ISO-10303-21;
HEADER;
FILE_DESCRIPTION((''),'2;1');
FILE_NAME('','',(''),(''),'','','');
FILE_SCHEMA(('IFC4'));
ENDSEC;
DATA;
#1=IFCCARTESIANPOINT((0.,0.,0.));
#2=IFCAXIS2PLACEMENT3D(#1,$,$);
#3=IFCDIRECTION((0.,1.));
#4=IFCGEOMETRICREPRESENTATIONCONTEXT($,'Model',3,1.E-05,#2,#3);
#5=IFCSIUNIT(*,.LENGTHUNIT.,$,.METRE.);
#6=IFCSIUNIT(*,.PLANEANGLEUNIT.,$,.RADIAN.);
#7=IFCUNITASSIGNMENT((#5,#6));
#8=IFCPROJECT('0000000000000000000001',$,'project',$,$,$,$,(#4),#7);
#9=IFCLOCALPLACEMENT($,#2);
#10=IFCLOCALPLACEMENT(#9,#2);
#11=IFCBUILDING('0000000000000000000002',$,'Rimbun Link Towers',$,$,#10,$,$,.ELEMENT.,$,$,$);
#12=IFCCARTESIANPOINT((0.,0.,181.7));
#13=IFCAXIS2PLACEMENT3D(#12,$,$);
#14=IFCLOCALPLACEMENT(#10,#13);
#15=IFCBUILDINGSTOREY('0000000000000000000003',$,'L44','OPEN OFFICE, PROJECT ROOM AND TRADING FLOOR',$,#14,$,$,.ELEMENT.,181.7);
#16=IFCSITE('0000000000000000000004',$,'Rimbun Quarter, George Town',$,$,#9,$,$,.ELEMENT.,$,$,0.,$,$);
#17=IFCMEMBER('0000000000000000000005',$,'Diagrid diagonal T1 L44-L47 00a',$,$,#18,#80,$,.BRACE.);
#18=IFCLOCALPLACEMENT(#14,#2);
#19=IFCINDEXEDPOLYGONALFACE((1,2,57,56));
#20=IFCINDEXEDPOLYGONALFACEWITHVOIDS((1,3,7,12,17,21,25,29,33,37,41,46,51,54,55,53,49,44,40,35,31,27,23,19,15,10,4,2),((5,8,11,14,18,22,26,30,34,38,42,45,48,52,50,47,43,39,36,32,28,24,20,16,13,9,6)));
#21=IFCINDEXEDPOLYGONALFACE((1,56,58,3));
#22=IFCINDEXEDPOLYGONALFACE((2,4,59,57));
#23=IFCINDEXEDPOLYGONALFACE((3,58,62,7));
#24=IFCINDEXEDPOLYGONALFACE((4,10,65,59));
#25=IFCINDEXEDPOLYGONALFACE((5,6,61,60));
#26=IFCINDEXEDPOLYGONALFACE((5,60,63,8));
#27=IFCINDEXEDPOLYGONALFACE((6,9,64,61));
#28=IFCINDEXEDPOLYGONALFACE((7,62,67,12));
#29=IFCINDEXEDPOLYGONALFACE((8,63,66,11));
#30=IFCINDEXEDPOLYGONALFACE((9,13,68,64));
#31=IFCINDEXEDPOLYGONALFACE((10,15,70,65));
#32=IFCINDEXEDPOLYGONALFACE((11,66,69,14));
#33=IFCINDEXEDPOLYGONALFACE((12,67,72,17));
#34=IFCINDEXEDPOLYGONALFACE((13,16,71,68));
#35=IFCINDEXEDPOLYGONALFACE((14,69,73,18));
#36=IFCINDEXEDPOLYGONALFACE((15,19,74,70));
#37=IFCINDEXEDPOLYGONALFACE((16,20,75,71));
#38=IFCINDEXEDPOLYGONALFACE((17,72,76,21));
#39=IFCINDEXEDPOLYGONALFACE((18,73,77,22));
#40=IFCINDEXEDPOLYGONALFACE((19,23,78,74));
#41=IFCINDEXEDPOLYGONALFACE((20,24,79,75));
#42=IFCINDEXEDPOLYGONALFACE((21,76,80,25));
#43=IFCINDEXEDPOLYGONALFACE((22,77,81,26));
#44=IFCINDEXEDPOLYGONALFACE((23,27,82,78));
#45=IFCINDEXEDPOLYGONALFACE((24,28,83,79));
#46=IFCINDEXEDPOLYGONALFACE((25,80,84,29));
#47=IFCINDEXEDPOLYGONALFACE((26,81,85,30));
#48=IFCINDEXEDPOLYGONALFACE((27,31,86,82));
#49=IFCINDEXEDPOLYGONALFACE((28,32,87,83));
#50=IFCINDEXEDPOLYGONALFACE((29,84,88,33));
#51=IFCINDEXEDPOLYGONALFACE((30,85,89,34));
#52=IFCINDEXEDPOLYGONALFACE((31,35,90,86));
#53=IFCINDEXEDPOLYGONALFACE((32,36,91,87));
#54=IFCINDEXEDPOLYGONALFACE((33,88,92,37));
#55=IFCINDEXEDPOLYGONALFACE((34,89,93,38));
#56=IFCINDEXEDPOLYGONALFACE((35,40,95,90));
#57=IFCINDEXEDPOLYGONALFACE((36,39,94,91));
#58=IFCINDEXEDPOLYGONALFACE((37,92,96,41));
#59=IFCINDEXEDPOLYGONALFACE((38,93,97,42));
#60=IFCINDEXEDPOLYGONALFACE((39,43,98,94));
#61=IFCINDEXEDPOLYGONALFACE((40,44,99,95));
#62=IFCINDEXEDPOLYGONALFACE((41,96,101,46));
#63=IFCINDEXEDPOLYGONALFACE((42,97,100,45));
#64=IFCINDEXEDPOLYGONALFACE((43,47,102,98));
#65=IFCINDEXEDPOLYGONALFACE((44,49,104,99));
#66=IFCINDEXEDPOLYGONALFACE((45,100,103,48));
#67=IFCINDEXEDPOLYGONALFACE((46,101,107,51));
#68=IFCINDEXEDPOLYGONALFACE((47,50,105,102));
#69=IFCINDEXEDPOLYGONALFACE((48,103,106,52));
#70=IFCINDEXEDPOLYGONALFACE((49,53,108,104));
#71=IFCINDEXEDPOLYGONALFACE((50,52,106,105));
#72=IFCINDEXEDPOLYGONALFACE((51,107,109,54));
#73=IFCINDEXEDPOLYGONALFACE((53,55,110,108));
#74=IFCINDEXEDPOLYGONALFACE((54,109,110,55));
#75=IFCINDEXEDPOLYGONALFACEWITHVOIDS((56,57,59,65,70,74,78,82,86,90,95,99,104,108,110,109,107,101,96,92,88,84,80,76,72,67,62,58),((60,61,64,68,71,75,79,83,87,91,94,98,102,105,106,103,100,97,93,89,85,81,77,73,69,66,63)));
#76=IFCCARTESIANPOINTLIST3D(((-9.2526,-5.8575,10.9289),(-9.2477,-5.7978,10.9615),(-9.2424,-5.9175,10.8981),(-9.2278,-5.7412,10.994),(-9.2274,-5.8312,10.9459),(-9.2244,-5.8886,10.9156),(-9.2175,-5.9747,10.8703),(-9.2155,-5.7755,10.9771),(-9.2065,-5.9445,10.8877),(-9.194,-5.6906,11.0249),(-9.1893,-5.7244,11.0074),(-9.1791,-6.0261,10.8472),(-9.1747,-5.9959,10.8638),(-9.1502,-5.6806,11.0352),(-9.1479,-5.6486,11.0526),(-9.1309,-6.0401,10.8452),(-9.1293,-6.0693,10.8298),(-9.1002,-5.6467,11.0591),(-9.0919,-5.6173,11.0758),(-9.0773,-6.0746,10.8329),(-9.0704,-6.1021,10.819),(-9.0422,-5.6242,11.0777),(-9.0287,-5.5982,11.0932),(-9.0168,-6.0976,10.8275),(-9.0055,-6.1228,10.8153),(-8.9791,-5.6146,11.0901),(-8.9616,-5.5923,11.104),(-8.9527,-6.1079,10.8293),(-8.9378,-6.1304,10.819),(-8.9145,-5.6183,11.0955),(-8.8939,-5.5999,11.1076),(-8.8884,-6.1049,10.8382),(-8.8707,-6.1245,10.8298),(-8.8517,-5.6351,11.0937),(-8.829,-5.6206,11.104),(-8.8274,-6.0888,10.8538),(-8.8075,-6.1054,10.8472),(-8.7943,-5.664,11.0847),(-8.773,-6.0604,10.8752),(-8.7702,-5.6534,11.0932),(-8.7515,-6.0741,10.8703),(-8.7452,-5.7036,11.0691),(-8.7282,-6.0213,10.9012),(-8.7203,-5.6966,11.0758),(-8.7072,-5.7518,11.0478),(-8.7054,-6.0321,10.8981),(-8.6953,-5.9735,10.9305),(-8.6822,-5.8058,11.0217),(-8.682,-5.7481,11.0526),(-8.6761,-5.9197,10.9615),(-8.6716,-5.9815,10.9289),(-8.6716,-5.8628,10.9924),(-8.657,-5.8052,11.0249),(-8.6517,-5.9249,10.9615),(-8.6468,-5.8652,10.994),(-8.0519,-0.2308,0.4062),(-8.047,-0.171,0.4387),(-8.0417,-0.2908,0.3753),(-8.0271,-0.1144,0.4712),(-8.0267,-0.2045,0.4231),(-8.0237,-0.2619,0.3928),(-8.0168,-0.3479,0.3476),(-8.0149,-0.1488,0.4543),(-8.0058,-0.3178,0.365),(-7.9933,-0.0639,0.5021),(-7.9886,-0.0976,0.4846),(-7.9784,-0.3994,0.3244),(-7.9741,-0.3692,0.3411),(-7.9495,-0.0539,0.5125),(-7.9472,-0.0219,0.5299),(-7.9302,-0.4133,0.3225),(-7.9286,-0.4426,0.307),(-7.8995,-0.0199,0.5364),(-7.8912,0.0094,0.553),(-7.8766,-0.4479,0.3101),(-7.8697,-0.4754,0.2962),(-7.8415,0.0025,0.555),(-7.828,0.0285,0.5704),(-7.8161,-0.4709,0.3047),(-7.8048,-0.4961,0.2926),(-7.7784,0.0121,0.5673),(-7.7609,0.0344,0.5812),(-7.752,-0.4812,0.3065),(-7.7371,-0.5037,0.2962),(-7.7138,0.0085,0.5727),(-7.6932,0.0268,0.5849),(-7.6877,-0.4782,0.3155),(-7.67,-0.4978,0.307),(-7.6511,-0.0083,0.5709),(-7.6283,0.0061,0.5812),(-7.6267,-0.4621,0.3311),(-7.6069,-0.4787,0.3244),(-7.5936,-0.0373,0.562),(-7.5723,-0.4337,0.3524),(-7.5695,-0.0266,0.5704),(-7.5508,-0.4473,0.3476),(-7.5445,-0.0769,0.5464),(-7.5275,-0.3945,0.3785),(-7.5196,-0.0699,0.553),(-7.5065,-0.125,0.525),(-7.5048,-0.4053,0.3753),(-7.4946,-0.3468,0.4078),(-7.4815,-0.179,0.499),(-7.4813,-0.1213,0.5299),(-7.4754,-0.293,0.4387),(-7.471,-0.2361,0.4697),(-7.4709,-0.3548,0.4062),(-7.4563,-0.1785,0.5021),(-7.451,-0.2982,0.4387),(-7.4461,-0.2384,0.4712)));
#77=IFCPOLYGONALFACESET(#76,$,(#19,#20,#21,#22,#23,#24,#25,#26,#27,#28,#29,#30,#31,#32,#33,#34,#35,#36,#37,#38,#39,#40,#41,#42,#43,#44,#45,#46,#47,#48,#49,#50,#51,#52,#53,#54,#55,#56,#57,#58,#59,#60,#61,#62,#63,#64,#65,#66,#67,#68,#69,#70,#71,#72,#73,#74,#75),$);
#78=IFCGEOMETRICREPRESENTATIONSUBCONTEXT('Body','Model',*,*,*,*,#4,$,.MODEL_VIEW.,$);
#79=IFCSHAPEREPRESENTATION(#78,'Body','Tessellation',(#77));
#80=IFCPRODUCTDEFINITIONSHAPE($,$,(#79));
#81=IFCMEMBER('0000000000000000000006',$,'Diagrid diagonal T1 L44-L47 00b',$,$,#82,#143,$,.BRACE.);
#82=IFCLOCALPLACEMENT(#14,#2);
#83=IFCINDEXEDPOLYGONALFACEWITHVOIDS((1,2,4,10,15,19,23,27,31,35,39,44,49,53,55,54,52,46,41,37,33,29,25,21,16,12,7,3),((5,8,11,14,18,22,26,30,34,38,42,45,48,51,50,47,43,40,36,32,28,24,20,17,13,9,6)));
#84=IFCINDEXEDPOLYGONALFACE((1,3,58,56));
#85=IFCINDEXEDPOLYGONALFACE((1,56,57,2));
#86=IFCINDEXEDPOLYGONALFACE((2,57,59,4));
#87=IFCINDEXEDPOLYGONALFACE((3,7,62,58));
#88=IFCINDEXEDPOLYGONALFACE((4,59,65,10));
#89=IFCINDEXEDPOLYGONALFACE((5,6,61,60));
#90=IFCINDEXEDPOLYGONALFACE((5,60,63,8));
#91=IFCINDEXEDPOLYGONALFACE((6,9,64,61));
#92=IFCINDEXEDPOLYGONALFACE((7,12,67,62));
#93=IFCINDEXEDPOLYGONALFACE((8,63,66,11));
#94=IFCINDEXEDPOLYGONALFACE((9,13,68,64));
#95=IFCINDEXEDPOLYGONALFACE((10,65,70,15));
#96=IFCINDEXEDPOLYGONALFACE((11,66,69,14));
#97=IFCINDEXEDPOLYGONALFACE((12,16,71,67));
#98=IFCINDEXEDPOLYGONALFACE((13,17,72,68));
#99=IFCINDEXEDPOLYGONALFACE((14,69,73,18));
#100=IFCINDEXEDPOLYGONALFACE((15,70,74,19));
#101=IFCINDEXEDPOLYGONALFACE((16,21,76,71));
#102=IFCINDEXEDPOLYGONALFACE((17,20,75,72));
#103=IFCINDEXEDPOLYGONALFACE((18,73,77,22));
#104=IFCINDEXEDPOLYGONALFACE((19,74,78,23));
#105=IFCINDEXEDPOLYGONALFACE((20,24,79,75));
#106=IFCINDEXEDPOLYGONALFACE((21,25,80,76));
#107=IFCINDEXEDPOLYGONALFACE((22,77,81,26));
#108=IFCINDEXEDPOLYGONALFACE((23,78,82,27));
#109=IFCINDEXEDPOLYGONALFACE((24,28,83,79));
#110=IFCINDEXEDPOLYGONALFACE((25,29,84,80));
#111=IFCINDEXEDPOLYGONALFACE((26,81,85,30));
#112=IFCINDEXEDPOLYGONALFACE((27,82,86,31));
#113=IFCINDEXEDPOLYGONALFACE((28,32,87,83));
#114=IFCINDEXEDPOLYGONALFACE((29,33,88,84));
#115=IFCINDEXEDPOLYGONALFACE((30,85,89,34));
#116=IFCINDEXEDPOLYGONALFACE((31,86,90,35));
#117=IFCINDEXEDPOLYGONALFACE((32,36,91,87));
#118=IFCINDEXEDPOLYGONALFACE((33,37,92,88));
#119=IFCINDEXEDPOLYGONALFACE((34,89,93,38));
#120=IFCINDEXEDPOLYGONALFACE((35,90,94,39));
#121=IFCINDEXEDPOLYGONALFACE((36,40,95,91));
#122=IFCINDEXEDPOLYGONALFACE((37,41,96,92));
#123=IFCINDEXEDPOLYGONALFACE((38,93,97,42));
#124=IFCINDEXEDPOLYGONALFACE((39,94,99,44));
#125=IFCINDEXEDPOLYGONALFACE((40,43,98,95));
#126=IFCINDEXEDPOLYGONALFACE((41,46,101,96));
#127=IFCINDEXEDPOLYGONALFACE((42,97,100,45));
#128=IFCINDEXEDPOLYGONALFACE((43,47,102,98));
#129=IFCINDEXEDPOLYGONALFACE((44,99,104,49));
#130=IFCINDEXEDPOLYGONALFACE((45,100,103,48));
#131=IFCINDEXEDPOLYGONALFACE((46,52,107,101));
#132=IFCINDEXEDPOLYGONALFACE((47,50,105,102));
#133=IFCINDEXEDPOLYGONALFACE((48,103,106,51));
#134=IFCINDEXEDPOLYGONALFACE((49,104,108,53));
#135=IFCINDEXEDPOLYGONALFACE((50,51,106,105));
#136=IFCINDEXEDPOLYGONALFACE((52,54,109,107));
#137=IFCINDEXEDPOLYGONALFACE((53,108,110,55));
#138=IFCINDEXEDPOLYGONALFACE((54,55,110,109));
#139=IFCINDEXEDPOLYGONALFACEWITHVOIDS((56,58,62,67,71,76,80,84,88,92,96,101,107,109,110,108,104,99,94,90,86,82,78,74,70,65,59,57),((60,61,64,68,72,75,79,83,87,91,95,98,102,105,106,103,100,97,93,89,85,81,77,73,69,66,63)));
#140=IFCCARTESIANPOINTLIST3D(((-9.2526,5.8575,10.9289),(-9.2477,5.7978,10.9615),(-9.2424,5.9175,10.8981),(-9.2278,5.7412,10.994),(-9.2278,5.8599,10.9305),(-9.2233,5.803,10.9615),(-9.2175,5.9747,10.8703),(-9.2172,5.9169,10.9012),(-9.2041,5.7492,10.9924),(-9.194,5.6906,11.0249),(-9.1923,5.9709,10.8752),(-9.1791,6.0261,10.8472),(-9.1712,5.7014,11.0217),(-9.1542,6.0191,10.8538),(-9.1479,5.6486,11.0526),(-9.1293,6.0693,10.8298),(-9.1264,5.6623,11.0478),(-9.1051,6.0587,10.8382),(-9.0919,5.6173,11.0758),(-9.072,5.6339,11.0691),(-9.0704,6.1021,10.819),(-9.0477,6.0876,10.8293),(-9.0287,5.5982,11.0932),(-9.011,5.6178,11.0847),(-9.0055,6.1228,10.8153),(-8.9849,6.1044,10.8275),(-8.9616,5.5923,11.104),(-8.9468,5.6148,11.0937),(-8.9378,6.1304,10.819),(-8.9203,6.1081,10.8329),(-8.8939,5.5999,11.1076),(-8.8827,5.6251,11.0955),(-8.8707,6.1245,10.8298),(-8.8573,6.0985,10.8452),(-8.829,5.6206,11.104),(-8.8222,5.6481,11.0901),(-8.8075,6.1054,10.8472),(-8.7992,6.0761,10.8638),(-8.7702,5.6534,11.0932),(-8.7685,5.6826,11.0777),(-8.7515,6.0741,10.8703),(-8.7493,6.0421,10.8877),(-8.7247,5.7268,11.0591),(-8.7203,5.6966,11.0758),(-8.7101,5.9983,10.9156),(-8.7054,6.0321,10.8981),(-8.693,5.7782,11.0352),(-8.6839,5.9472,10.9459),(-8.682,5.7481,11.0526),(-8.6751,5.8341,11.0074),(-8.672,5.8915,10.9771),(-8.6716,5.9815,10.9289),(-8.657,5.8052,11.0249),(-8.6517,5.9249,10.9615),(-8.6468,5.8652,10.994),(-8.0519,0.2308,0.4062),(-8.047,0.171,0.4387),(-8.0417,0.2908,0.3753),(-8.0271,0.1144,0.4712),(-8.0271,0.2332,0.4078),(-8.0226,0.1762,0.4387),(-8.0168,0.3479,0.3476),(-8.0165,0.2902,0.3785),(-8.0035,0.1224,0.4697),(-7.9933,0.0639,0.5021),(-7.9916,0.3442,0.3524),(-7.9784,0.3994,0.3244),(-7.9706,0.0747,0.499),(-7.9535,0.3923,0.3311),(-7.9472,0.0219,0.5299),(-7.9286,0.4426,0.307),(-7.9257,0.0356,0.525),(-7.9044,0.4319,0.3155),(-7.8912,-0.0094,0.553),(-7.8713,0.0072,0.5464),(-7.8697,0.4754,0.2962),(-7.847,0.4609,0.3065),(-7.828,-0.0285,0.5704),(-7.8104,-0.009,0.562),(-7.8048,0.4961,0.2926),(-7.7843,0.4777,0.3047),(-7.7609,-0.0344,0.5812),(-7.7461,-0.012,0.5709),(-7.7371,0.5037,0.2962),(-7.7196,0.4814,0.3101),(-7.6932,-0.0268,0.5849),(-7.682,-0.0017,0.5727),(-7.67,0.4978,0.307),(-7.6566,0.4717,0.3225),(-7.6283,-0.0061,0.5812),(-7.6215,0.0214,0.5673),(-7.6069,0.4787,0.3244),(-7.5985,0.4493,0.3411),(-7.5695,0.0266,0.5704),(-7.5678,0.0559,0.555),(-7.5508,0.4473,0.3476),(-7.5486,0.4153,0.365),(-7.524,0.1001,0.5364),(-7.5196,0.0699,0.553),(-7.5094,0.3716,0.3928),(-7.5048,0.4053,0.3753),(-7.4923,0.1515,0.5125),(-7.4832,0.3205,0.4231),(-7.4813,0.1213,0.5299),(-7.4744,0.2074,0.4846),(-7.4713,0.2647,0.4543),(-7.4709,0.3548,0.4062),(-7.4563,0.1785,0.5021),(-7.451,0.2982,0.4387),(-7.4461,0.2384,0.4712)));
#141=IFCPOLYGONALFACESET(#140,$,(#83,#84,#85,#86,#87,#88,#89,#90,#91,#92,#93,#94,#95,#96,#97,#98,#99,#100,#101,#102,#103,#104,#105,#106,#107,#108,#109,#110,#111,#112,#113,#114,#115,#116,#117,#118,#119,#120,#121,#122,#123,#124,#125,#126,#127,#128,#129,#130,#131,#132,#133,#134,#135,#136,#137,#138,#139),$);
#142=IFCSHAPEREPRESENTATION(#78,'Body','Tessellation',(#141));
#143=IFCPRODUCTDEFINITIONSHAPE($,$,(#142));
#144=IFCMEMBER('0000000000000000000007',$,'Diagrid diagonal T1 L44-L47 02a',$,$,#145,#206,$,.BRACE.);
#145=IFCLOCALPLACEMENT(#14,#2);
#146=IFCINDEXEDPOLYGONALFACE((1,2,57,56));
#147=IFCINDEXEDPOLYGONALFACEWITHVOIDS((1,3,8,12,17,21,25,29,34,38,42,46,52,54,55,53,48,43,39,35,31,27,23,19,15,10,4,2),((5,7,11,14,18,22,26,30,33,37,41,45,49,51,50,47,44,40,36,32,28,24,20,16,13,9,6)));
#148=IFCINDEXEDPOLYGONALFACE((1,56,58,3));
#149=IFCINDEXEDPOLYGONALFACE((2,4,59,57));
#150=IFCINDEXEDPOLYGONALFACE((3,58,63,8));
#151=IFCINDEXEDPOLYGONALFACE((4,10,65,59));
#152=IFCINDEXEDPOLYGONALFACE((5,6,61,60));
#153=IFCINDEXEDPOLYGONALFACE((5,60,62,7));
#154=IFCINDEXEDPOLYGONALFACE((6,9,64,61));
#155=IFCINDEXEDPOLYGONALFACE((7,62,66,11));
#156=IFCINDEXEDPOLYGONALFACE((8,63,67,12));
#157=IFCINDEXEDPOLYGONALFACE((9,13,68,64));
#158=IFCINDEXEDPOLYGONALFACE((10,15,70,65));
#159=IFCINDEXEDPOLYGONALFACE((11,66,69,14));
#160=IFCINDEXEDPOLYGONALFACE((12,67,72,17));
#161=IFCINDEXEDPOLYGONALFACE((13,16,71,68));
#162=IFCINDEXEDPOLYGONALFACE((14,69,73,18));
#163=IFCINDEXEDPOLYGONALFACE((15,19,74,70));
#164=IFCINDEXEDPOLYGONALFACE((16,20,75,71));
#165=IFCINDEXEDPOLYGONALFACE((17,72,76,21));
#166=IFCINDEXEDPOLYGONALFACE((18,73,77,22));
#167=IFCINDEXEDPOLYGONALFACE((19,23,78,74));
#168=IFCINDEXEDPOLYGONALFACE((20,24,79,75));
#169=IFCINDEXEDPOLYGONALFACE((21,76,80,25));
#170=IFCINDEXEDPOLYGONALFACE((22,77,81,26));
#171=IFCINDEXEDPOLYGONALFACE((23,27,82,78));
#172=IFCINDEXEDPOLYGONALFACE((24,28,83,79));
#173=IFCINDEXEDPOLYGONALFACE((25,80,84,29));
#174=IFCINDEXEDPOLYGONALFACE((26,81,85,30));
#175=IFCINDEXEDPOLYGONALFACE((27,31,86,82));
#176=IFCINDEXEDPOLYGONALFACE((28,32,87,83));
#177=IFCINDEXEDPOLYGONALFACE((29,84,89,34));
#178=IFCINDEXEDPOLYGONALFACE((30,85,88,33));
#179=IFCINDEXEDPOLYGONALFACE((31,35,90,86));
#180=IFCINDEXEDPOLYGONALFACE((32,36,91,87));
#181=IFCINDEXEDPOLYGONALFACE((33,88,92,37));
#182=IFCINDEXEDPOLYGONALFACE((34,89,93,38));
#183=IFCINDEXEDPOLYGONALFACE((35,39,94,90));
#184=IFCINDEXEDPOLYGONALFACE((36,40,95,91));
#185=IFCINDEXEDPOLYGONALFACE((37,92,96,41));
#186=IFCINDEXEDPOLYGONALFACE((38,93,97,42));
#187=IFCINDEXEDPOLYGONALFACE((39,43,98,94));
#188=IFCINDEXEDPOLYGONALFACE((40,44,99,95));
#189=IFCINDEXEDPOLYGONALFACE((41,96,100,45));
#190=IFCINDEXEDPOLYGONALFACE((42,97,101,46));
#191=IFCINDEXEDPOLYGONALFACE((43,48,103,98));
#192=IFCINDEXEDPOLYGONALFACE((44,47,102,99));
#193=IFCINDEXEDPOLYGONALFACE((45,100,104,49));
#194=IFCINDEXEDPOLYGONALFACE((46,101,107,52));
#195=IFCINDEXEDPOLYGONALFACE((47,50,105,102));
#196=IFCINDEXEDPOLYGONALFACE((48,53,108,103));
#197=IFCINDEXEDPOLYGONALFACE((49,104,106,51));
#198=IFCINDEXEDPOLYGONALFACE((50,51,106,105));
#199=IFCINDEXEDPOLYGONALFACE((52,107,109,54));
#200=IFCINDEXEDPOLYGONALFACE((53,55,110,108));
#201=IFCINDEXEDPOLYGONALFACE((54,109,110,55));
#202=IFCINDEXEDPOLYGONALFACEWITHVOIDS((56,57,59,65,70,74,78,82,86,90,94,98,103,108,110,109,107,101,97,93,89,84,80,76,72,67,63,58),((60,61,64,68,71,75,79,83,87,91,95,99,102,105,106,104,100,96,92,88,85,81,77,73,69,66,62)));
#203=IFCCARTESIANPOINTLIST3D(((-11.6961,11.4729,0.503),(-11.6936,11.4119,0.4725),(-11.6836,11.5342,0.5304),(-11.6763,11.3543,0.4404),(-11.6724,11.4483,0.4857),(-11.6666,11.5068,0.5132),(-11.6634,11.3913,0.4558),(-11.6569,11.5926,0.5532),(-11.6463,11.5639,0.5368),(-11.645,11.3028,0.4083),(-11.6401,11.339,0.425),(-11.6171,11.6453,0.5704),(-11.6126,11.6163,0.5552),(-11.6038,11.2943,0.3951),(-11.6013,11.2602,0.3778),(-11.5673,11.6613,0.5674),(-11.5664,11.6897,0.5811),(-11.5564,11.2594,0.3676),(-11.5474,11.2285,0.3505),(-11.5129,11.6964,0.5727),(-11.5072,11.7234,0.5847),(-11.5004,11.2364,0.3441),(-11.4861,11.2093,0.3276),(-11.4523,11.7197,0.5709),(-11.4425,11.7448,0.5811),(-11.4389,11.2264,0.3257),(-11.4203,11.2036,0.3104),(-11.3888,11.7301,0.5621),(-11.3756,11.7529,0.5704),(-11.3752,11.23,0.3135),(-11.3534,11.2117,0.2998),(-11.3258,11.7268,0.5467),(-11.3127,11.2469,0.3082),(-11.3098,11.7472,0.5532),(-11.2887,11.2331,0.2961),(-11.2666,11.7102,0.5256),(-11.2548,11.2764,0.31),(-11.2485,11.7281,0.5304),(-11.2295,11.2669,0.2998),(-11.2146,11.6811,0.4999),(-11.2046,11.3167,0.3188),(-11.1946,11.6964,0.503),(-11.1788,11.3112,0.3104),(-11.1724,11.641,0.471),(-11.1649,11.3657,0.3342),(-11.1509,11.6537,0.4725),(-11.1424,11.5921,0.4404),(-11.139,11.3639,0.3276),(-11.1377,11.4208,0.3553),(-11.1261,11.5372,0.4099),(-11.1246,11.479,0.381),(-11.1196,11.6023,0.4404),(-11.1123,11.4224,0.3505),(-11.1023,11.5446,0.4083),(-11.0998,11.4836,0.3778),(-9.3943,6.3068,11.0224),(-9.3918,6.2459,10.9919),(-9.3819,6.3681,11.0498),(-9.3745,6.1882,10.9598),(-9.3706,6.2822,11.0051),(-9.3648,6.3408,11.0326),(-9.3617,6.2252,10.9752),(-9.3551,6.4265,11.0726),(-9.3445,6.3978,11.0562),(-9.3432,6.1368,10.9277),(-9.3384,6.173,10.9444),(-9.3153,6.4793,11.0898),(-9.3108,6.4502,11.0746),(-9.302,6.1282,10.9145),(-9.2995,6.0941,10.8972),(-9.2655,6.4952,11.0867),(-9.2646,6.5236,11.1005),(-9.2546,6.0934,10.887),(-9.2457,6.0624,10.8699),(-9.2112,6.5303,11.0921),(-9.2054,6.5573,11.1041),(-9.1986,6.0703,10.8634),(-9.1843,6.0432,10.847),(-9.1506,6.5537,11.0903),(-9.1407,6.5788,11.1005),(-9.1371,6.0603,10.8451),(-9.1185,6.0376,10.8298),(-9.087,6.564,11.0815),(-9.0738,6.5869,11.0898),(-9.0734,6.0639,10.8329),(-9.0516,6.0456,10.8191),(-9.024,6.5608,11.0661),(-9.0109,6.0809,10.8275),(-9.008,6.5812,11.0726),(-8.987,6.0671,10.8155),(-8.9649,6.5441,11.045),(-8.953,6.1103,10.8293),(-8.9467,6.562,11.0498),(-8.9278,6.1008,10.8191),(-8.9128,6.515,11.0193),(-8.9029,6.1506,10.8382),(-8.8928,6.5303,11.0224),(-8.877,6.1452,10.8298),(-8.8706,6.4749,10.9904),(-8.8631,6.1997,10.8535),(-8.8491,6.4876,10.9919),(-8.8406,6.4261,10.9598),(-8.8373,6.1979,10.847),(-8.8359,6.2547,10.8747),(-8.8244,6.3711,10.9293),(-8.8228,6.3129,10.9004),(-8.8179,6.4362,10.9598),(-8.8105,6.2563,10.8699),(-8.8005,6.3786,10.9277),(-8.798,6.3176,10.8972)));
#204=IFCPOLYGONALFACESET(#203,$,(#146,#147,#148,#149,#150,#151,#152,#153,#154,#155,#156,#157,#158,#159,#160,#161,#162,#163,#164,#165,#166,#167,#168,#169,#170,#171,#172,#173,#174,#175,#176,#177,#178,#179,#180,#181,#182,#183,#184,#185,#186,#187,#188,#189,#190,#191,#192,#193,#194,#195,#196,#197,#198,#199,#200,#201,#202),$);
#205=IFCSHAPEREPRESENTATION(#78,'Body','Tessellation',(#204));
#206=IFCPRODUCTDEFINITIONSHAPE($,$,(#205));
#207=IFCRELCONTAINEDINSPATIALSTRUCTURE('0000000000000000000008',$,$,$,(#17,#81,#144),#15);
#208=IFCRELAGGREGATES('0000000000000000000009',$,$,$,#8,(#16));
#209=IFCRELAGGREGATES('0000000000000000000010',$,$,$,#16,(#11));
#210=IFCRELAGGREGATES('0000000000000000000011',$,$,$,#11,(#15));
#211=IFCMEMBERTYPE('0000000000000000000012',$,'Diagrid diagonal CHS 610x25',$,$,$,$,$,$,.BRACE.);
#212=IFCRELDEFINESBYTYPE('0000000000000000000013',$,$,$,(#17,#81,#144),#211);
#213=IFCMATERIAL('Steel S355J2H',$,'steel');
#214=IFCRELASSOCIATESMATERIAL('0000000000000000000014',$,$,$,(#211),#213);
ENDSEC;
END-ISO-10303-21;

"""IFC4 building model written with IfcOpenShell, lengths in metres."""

from ifc_helpers import new_model, si_unit, direction, frame, origin, origin_2d, place, context, subcontext, project, spatial, hollow_circle, extrude, material, material_profile, profile_set, type_object, element, save


model = new_model("IFC4")

# Units and contexts
model_context = context("Model", 3, precision=1e-05, world=origin(), true_north=direction((0.0, 1.0)))
body_context = subcontext(model_context, "Body", "Model", "MODEL_VIEW")
ifc_project = project(units=[si_unit("LENGTHUNIT", "METRE"), si_unit("PLANEANGLEUNIT", "RADIAN")], contexts=[model_context])

# Site, building, storey
site_placement = place(None, origin())
site = spatial("IfcSite", under=ifc_project, at=site_placement, Name="Rimbun Quarter, George Town", CompositionType="ELEMENT", RefElevation=0.0)
building_placement = place(site_placement, origin())
building = spatial("IfcBuilding", under=site, at=building_placement, Name="Rimbun Link Towers", CompositionType="ELEMENT")
storey_placement = place(building_placement, frame((0.0, 0.0, 181.7)))
storey = spatial("IfcBuildingStorey", under=building, at=storey_placement, Name="L44", Description="OPEN OFFICE, PROJECT ROOM AND TRADING FLOOR", CompositionType="ELEMENT", Elevation=181.7)

# Members
ifc_material_1 = material(Name="Steel S355J2H", Category="steel")
ifc_material_profile_1 = material_profile(ifc_material_1, hollow_circle(Radius=0.3047, WallThickness=0.0249, at=origin_2d()), Name="Diagrid diagonal CHS 610x25")
ifc_profile_set_1 = profile_set([ifc_material_profile_1], Name="Steel S355J2H")
member_type_1 = type_object("IfcMemberType", Name="Diagrid diagonal CHS 610x25", PredefinedType="BRACE", material=ifc_profile_set_1)
for number, where, z_axis, x_axis, name in (
    (1, (-7.749, -0.2346, 0.4387), (-0.100116, -0.469171, 0.877414), (0.977982, -0.208692, 0.0), "Diagrid diagonal T1 L44-L47 00a"),
    (2, (-7.749, 0.2346, 0.4387), (-0.100116, 0.469171, 0.877414), (-0.977982, -0.208692, 0.0), "Diagrid diagonal T1 L44-L47 00b"),
):
    element("IfcMember", number, at=place(storey_placement, frame(where, z_axis=z_axis, x_axis=x_axis)), inside=storey, type_object=member_type_1, Name=name, PredefinedType="BRACE", context=body_context, shape_type="SweptSolid", body=[
        extrude(hollow_circle(Radius=0.3047, WallThickness=0.0249, at=origin_2d()), origin(), (0.0, 0.0, 1.0), 11.9929),
    ])
member_1_placement = place(storey_placement, frame((-11.3979, 11.4783, 0.4404), z_axis=(0.192725, -0.432547, 0.880773), x_axis=(0.913434, 0.406987, 0.0)))
element("IfcMember", 3, at=member_1_placement, inside=storey, type_object=member_type_1, Name="Diagrid diagonal T1 L44-L47 02a", PredefinedType="BRACE", context=body_context, shape_type="SweptSolid", body=[
    extrude(hollow_circle(Radius=0.3047, WallThickness=0.0249, at=origin_2d()), origin(), (0.0, 0.0, 1.0), 11.9434),
])

save(model, "model.ifc")
